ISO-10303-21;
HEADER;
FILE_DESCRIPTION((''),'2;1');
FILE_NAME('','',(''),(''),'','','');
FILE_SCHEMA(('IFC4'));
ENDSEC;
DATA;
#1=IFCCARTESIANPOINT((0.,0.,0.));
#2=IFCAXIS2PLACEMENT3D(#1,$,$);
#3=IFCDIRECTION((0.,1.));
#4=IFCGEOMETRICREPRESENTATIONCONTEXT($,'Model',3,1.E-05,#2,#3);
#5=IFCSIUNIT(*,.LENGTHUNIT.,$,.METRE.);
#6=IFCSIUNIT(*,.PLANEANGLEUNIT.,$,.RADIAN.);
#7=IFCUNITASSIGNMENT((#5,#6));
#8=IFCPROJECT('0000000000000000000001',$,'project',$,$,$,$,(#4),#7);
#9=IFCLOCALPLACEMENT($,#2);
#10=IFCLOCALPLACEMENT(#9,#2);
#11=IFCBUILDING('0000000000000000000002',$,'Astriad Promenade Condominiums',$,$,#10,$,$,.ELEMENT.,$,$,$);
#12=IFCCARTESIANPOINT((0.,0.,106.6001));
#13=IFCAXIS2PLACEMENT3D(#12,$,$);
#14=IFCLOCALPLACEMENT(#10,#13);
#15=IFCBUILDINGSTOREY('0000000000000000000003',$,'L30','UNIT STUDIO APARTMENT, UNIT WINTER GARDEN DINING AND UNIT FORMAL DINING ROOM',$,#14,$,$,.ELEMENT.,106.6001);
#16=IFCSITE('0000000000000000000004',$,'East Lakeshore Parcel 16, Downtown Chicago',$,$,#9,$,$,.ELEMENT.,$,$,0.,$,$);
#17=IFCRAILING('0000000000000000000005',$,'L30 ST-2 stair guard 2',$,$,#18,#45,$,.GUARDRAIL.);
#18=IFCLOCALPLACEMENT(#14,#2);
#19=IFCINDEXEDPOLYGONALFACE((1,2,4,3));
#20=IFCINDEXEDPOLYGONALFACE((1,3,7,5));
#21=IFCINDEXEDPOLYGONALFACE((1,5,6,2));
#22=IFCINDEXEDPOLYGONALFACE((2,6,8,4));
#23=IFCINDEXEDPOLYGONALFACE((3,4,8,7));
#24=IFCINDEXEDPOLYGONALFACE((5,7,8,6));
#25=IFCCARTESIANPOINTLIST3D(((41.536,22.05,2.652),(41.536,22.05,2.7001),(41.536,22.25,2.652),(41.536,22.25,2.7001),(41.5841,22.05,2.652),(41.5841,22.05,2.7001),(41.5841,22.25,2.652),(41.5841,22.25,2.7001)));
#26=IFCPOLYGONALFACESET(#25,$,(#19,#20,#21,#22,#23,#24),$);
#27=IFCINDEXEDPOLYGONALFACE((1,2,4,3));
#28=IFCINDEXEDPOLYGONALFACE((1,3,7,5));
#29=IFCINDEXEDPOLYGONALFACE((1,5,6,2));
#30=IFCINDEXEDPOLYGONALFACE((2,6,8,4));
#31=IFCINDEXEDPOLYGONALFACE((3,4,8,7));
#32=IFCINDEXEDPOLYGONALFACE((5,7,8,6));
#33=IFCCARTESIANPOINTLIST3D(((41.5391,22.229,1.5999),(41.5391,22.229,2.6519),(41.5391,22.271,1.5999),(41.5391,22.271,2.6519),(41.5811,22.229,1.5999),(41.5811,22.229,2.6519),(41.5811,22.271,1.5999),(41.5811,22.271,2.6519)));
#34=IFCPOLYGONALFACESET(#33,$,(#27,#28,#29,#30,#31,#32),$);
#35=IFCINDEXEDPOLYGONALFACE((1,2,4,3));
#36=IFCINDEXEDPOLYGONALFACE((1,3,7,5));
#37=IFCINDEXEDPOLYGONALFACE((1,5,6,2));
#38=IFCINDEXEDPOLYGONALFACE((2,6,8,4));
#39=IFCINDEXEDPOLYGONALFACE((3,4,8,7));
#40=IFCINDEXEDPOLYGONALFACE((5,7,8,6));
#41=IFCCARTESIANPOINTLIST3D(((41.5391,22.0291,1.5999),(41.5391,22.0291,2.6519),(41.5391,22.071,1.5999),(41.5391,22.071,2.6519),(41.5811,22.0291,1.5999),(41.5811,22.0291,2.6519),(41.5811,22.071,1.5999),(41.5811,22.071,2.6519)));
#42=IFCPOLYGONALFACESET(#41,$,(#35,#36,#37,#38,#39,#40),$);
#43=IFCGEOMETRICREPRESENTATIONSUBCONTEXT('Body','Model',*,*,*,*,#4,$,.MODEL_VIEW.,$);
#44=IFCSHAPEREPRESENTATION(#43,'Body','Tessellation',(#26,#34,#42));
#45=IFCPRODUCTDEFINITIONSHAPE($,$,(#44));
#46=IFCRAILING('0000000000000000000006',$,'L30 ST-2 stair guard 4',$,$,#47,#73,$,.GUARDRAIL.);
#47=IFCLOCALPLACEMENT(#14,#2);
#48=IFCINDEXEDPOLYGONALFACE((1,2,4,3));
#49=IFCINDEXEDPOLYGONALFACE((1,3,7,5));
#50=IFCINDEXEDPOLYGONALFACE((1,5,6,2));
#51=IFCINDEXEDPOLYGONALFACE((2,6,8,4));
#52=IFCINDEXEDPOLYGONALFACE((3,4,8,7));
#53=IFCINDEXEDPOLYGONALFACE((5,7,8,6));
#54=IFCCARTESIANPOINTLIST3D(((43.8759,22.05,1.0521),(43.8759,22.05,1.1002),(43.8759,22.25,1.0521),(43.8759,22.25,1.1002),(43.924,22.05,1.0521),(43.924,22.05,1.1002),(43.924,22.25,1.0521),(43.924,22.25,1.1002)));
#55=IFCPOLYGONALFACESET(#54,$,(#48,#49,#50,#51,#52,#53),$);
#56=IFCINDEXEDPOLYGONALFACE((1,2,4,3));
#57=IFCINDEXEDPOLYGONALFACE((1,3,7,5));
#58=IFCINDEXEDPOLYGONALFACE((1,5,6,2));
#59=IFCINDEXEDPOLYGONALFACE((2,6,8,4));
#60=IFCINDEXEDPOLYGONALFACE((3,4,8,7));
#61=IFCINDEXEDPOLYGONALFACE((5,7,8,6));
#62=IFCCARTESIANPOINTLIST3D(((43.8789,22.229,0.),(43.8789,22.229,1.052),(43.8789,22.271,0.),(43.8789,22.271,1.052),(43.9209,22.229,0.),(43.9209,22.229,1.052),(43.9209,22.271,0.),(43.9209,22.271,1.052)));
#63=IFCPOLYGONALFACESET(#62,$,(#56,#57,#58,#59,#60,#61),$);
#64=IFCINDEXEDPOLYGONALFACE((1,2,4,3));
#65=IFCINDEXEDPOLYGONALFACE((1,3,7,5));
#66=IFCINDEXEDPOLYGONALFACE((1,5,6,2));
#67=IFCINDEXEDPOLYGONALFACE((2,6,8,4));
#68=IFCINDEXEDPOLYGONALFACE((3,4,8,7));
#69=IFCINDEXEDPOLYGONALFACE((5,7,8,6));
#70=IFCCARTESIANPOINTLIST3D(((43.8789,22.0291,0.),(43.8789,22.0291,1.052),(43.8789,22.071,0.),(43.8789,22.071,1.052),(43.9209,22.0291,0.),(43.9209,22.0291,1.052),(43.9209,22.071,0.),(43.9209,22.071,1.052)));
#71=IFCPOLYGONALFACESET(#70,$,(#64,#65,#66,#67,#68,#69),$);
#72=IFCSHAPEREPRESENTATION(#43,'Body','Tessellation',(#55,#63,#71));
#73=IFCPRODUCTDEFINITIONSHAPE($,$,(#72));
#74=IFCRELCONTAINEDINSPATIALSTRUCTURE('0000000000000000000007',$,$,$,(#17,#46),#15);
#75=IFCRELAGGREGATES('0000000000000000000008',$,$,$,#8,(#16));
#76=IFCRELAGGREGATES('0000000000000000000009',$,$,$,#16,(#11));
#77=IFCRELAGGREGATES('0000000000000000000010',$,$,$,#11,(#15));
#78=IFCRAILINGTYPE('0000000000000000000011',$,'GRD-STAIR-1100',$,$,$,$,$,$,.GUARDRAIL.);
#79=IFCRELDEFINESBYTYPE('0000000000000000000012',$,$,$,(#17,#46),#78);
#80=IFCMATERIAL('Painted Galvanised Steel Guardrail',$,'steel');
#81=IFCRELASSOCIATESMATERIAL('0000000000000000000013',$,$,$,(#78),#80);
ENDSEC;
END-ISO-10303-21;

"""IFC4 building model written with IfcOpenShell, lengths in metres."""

from ifc_helpers import new_model, si_unit, direction, frame, origin, origin_2d, place, context, subcontext, project, spatial, rectangle, extrude, source, transform, mapped, material, type_object, element, save


model = new_model("IFC4")

# Units and contexts
model_context = context("Model", 3, precision=1e-05, world=origin(), true_north=direction((0.0, 1.0)))
body_context = subcontext(model_context, "Body", "Model", "MODEL_VIEW")
ifc_project = project(units=[si_unit("LENGTHUNIT", "METRE"), si_unit("PLANEANGLEUNIT", "RADIAN")], contexts=[model_context])

# Site, building, storey
site_placement = place(None, origin())
site = spatial("IfcSite", under=ifc_project, at=site_placement, Name="East Lakeshore Parcel 16, Downtown Chicago", CompositionType="ELEMENT", RefElevation=0.0)
building_placement = place(site_placement, origin())
building = spatial("IfcBuilding", under=site, at=building_placement, Name="Astriad Promenade Condominiums", CompositionType="ELEMENT")
storey_placement = place(building_placement, frame((0.0, 0.0, 106.6001)))
storey = spatial("IfcBuildingStorey", under=building, at=storey_placement, Name="L30", Description="UNIT STUDIO APARTMENT, UNIT WINTER GARDEN DINING AND UNIT FORMAL DINING ROOM", CompositionType="ELEMENT", Elevation=106.6001)

# Railings
ifc_material_1 = material(Name="Painted Galvanised Steel Guardrail", Category="steel")
railing_type_1 = type_object("IfcRailingType", Name="GRD-STAIR-1100", PredefinedType="GUARDRAIL", material=ifc_material_1)
shared_shape_1 = source(origin(), body_context, "Body", "SweptSolid", [
    extrude(rectangle(XDim=0.0481, YDim=0.0481, at=origin_2d()), frame((0.0, 0.0, 1.0762), z_axis=(0.0, -1.0, 0.0), x_axis=(1.0, 0.0, 0.0)), (0.0, 0.0, 1.0), 0.2),
    extrude(rectangle(XDim=0.042, YDim=0.042, at=origin_2d()), origin(), (0.0, 0.0, 1.0), 1.052),
    extrude(rectangle(XDim=0.042, YDim=0.042, at=origin_2d()), frame((0.0, -0.2, 0.0)), (0.0, 0.0, 1.0), 1.052),
])
for number, where, name in (
    (1, (41.5601, 22.25, 1.5999), "L30 ST-2 stair guard 2"),
    (2, (43.8999, 22.25, 0.0), "L30 ST-2 stair guard 4"),
):
    element("IfcRailing", number, at=place(storey_placement, frame(where)), inside=storey, type_object=railing_type_1, Name=name, PredefinedType="GUARDRAIL", context=body_context, shape_type="MappedRepresentation", body=[
        mapped(shared_shape_1, transform((0.0, 0.0, 0.0), scale=1.0)),
    ])

save(model, "model.ifc")
